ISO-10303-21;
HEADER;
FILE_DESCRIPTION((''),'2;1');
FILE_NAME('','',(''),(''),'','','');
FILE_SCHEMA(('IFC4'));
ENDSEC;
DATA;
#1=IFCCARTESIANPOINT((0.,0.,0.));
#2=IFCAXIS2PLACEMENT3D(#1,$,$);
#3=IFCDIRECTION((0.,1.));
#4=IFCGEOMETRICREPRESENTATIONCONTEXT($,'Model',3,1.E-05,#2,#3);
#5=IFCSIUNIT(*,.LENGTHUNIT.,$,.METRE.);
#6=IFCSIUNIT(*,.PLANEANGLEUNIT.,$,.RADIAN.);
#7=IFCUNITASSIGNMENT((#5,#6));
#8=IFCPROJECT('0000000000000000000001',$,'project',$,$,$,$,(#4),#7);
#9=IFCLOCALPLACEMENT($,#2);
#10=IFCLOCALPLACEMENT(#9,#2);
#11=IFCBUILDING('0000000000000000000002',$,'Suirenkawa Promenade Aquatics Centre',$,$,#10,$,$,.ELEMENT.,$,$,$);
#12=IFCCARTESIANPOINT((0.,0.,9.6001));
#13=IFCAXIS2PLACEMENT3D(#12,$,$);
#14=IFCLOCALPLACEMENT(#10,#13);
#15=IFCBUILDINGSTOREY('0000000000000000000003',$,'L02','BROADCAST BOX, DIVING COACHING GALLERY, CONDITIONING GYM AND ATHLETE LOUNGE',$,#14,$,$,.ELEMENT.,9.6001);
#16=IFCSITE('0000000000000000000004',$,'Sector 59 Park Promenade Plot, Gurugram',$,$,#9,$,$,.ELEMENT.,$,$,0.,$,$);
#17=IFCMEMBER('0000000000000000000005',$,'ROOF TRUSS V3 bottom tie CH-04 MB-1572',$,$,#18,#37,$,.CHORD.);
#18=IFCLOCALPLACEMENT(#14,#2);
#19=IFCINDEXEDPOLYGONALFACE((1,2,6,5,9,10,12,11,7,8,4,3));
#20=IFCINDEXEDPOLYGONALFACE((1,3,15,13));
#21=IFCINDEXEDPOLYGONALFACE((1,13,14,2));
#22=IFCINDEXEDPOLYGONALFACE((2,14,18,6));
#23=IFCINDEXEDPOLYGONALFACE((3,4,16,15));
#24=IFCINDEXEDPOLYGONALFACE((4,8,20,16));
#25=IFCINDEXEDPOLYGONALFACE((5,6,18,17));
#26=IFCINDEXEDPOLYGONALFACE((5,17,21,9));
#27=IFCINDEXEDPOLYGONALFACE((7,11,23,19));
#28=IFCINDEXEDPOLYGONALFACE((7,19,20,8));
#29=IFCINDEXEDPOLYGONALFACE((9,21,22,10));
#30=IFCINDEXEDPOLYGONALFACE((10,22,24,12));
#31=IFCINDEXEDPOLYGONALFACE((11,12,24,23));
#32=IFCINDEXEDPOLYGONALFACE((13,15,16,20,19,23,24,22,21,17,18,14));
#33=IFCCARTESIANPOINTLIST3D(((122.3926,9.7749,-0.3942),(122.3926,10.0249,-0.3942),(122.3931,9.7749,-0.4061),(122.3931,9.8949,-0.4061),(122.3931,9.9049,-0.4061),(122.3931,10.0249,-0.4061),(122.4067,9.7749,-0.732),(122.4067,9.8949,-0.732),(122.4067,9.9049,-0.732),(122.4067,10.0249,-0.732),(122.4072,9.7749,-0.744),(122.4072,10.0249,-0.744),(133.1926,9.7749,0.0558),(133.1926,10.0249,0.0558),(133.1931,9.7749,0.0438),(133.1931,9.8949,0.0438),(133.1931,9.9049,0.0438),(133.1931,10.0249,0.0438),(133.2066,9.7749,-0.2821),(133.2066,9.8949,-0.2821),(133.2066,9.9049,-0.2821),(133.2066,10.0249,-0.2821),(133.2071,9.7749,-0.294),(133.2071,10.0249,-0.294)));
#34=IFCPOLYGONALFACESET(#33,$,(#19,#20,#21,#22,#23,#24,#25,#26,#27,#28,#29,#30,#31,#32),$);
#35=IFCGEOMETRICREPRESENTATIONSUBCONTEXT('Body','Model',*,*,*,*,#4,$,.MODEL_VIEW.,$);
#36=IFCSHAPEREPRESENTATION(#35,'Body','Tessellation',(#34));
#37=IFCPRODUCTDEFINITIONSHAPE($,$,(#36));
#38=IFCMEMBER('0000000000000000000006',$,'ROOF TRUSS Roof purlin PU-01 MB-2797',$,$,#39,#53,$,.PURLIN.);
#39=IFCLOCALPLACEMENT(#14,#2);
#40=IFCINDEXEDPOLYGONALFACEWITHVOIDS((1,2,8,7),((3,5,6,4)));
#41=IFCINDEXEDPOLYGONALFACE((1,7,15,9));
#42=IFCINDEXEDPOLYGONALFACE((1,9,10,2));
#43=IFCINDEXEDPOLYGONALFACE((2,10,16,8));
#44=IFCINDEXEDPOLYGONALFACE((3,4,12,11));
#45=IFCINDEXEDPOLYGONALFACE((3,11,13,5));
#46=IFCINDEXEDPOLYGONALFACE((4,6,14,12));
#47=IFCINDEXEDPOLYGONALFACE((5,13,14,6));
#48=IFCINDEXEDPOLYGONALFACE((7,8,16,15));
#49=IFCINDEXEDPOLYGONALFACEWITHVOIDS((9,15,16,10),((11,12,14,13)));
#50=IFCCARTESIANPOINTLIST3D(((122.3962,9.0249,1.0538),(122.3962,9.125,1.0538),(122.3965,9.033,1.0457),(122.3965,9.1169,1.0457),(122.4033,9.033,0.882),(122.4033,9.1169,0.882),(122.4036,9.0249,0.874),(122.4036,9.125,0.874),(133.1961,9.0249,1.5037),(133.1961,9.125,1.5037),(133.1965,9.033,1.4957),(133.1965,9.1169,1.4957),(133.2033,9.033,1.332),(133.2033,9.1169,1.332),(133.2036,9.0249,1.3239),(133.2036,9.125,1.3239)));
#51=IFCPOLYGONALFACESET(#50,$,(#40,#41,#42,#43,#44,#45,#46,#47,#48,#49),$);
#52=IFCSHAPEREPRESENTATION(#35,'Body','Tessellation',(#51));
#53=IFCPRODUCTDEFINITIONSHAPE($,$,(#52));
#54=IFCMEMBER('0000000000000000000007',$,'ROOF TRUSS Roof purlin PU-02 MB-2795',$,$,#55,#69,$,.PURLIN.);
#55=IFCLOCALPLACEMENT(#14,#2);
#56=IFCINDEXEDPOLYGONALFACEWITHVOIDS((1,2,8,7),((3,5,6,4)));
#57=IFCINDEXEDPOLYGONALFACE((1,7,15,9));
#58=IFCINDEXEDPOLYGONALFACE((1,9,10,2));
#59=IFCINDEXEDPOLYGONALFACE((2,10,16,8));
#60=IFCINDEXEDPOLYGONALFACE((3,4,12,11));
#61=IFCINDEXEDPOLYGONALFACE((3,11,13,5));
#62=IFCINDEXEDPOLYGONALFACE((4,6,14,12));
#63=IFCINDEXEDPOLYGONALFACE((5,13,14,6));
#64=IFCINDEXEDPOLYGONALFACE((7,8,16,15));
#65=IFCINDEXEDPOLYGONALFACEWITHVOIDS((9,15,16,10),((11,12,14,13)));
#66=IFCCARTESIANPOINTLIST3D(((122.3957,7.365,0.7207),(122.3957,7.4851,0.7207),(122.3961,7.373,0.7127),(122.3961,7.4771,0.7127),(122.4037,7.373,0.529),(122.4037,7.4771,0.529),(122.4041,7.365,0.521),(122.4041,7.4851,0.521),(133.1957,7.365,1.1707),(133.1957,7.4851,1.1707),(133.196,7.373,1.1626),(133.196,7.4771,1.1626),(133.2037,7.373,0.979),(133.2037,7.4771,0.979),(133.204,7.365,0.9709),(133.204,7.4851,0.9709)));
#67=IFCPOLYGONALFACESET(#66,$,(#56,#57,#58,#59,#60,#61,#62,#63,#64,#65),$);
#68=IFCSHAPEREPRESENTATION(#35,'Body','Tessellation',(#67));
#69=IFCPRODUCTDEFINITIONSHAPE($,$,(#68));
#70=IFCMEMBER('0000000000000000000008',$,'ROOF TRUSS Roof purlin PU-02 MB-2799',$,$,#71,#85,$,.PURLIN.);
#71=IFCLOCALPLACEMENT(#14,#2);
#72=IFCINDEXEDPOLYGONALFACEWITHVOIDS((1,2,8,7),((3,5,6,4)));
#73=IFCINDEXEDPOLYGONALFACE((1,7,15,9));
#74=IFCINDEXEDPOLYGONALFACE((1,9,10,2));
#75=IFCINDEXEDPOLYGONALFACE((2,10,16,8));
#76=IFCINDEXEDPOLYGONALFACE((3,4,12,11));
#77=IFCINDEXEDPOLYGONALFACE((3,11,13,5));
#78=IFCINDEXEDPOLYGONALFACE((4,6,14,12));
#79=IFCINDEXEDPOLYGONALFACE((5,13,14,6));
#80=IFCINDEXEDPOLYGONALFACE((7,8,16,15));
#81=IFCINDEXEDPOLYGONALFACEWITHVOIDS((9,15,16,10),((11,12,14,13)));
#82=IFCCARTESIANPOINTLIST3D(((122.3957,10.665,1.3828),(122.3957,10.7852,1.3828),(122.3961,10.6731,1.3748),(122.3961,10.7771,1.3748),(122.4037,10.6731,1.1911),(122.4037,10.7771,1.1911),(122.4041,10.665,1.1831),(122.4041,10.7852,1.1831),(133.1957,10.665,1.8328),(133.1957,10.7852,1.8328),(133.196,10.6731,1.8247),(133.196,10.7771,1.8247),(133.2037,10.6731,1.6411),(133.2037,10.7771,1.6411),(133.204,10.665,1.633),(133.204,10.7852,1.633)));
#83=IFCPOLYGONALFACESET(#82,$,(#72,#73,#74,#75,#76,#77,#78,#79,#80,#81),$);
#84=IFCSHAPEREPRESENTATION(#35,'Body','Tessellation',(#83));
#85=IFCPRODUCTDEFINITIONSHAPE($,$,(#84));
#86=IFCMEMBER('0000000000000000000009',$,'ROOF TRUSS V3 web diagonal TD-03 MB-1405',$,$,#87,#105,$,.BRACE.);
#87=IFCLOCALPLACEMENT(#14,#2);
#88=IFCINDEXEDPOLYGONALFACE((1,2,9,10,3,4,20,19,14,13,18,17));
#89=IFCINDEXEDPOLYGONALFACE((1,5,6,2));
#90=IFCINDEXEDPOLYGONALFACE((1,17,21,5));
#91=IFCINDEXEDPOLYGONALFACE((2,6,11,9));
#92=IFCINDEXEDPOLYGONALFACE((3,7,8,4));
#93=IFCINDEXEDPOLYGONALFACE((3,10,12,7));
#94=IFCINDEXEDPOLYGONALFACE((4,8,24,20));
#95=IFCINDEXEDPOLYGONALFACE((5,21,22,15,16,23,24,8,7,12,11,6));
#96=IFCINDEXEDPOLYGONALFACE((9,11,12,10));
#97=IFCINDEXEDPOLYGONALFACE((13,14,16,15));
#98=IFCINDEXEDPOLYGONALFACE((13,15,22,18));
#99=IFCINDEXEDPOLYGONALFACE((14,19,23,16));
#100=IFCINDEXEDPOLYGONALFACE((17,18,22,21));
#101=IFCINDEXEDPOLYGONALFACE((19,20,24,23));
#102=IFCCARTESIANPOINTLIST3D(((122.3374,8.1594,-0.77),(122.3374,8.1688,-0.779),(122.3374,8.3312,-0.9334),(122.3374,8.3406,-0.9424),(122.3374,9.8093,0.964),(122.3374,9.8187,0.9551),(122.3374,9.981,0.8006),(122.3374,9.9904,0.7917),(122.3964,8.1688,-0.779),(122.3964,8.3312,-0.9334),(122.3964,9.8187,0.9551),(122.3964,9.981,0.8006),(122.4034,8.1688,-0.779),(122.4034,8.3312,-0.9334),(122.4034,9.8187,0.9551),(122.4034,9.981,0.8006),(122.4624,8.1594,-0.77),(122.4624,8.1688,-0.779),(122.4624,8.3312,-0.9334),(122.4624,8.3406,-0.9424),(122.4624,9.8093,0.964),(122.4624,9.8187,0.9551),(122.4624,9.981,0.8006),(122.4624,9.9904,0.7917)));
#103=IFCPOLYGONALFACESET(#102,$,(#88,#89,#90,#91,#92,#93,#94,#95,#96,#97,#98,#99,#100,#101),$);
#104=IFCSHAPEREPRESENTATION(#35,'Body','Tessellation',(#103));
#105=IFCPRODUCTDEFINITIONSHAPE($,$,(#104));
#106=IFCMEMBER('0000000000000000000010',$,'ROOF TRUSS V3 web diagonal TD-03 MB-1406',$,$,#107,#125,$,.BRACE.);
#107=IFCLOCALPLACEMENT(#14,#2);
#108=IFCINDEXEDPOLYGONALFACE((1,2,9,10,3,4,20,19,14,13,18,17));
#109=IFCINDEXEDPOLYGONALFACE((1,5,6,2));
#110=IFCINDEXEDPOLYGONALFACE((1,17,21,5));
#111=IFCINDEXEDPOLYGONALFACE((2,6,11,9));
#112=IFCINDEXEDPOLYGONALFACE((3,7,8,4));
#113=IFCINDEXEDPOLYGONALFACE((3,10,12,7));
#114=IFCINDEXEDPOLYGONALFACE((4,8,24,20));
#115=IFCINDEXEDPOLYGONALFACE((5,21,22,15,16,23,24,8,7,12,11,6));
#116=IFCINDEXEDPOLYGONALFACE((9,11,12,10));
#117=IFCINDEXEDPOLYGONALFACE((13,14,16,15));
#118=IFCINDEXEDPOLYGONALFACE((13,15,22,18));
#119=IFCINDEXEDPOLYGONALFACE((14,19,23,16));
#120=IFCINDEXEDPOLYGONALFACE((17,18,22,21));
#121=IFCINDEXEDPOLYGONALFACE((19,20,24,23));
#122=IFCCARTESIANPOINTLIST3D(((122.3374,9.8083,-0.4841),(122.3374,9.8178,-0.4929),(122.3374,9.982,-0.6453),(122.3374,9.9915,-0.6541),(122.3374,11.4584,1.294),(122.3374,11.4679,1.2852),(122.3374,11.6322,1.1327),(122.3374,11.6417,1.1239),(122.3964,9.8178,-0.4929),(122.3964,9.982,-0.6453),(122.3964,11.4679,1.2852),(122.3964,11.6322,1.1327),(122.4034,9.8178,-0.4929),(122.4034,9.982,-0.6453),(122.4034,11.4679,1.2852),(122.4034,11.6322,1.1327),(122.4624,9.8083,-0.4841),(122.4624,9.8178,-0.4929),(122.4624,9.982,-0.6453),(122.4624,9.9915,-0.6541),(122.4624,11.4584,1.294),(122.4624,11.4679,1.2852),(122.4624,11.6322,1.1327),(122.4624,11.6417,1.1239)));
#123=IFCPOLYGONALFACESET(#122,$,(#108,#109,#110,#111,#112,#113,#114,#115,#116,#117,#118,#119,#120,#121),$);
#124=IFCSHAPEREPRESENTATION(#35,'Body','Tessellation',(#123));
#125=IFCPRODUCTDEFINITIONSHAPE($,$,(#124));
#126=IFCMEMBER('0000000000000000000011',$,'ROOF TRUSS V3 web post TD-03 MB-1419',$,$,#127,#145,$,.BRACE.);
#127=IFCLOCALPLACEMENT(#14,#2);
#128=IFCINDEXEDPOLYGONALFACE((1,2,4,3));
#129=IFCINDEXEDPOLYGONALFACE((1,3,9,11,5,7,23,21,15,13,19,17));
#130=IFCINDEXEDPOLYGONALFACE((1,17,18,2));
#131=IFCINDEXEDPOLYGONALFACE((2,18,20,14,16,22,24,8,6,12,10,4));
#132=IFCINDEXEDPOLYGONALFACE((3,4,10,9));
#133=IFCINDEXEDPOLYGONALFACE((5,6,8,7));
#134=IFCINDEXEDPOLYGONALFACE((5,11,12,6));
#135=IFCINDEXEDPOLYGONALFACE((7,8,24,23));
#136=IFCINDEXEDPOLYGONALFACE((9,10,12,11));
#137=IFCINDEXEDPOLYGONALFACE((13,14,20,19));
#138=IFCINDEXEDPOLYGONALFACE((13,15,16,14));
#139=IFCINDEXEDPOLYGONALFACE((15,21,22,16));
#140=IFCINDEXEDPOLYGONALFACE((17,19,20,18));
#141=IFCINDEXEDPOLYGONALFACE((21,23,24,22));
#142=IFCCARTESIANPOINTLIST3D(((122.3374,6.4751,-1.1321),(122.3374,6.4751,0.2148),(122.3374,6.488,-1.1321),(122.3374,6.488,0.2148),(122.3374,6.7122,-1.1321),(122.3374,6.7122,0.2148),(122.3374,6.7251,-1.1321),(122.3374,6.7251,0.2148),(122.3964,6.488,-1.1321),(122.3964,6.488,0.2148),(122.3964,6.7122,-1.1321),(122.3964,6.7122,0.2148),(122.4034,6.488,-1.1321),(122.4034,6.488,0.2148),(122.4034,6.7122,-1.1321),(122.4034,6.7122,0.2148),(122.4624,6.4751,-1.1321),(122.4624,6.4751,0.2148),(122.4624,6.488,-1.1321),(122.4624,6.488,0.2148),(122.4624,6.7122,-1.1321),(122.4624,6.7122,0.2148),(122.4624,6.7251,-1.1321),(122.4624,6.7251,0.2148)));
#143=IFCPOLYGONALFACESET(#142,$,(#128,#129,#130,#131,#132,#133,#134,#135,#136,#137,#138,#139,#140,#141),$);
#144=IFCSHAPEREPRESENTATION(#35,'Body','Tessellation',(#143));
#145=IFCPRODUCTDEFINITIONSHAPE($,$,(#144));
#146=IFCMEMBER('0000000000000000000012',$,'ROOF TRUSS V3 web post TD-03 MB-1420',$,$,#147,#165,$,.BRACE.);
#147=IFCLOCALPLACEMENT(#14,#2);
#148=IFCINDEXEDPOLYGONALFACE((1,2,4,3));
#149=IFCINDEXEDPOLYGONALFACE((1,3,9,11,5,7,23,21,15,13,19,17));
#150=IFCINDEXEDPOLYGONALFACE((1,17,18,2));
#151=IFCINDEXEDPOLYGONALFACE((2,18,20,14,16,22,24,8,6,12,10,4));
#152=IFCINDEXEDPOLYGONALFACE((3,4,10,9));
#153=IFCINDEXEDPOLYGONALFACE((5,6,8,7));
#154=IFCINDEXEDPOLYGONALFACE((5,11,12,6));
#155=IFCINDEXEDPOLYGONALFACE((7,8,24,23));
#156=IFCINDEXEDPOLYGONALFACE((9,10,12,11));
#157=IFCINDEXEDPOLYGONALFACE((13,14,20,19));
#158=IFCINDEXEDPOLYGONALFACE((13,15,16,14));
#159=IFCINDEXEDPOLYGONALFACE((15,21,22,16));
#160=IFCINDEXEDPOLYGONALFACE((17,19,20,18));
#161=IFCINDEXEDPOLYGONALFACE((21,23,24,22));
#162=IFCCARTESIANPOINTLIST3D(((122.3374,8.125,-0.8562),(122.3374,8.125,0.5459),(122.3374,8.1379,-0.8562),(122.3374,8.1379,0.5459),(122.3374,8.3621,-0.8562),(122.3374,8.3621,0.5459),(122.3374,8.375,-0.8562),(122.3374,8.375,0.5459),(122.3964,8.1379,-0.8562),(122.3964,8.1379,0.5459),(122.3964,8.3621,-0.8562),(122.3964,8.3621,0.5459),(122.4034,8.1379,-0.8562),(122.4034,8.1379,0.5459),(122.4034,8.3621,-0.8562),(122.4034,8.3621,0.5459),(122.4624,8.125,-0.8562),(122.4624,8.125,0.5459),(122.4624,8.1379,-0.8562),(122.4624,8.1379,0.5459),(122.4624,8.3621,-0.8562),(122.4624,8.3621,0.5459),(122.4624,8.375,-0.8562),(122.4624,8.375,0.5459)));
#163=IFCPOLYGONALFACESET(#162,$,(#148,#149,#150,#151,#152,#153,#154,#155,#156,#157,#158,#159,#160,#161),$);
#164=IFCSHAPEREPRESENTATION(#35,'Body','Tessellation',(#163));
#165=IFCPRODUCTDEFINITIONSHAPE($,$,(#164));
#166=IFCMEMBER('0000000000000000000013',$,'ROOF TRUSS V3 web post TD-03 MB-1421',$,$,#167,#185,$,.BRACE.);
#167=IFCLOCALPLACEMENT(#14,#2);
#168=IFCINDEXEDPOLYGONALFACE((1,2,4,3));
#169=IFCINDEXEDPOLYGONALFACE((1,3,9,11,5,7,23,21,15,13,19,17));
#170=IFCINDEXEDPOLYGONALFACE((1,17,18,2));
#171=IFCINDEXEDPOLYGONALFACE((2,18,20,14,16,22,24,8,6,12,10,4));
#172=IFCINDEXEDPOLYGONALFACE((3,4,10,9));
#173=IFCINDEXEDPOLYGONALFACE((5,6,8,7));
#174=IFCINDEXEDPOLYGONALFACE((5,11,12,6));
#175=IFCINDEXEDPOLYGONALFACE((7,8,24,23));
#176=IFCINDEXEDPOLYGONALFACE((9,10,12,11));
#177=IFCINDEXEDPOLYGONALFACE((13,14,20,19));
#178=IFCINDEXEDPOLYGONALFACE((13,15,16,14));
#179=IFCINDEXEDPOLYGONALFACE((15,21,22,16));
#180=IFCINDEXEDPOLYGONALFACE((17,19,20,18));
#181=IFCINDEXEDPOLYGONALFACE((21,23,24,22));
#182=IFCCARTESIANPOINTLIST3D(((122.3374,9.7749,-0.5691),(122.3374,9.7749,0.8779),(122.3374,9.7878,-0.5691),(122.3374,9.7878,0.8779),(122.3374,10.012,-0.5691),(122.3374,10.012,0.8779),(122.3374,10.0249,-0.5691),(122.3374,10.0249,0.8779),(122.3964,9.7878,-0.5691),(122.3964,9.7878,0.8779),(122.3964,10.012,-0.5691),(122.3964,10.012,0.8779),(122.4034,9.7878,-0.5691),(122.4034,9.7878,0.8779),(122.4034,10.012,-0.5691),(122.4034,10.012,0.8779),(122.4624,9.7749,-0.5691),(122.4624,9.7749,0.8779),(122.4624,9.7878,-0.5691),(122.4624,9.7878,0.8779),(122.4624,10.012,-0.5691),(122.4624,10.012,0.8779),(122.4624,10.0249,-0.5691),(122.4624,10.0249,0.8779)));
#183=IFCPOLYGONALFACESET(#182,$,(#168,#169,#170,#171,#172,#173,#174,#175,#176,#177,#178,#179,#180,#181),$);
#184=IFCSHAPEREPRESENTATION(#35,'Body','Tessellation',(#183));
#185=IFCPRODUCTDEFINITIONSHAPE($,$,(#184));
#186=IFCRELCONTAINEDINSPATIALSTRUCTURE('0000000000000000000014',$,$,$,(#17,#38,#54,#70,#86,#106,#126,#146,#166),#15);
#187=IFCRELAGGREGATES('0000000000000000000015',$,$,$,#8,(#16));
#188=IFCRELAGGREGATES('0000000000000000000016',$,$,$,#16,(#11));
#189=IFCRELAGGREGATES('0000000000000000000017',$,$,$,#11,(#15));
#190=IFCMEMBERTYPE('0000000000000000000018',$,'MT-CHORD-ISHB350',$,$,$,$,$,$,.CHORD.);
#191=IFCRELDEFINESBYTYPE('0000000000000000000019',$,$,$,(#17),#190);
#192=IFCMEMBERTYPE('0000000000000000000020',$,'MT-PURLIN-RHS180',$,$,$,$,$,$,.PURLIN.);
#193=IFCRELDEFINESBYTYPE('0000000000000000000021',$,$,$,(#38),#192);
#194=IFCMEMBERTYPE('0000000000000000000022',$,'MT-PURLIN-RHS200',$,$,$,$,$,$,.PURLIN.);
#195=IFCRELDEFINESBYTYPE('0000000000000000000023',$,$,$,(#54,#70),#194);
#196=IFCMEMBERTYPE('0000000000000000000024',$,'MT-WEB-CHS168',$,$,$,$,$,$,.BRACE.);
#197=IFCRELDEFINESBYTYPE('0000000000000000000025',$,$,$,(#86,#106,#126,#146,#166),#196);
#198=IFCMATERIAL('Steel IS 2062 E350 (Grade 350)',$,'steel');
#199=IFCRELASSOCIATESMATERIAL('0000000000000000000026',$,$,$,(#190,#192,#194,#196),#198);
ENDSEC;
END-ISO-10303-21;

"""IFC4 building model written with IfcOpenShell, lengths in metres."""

from ifc_helpers import new_model, si_unit, direction, frame, origin, origin_2d, place, context, subcontext, project, spatial, hollow_rectangle, i_section, extrude, material, material_profile, profile_set, type_object, element, save


model = new_model("IFC4")

# Units and contexts
model_context = context("Model", 3, precision=1e-05, world=origin(), true_north=direction((0.0, 1.0)))
body_context = subcontext(model_context, "Body", "Model", "MODEL_VIEW")
ifc_project = project(units=[si_unit("LENGTHUNIT", "METRE"), si_unit("PLANEANGLEUNIT", "RADIAN")], contexts=[model_context])

# Site, building, storey
site_placement = place(None, origin())
site = spatial("IfcSite", under=ifc_project, at=site_placement, Name="Sector 59 Park Promenade Plot, Gurugram", CompositionType="ELEMENT", RefElevation=0.0)
building_placement = place(site_placement, origin())
building = spatial("IfcBuilding", under=site, at=building_placement, Name="Suirenkawa Promenade Aquatics Centre", CompositionType="ELEMENT")
storey_placement = place(building_placement, frame((0.0, 0.0, 9.6001)))
storey = spatial("IfcBuildingStorey", under=building, at=storey_placement, Name="L02", Description="BROADCAST BOX, DIVING COACHING GALLERY, CONDITIONING GYM AND ATHLETE LOUNGE", CompositionType="ELEMENT", Elevation=9.6001)

# Shared definitions
ifc_material_1 = material(Name="Steel IS 2062 E350 (Grade 350)", Category="steel")

# Members
ifc_material_profile_1 = material_profile(ifc_material_1, i_section(OverallWidth=0.25, OverallDepth=0.3501, WebThickness=0.01, FlangeThickness=0.012, at=origin_2d()), Name="ISHB 350", Category="steel")
ifc_profile_set_1 = profile_set([ifc_material_profile_1], Name="Steel IS 2062 E350 (Grade 350)")
member_type_1 = type_object("IfcMemberType", Name="MT-CHORD-ISHB350", PredefinedType="CHORD", material=ifc_profile_set_1)
for number, where, z_axis, x_axis, name in (
    (1, (122.3999, 9.8999, -0.5691), (0.999133, 0.0, 0.041626), (0.0, 1.0, 0.0), "ROOF TRUSS V3 bottom tie CH-04 MB-1572"),
):
    element("IfcMember", number, at=place(storey_placement, frame(where, z_axis=z_axis, x_axis=x_axis)), inside=storey, type_object=member_type_1, Name=name, PredefinedType="CHORD", context=body_context, shape_type="SweptSolid", body=[
        extrude(i_section(OverallWidth=0.25, OverallDepth=0.3501, WebThickness=0.01, FlangeThickness=0.012, at=origin_2d()), origin(), (0.0, 0.0, 1.0), 10.8093),
    ])
ifc_material_profile_2 = material_profile(ifc_material_1, hollow_rectangle(XDim=0.1001, YDim=0.1799, WallThickness=0.0081, at=origin_2d()), Name="RHS 180x100x8", Category="steel")
ifc_profile_set_2 = profile_set([ifc_material_profile_2], Name="Steel IS 2062 E350 (Grade 350)")
member_type_2 = type_object("IfcMemberType", Name="MT-PURLIN-RHS180", PredefinedType="PURLIN", material=ifc_profile_set_2)
member_1_placement = place(storey_placement, frame((122.3999, 9.075, 0.9639), z_axis=(0.999133, 0.0, 0.041626), x_axis=(0.0, 1.0, 0.0)))
element("IfcMember", 2, at=member_1_placement, inside=storey, type_object=member_type_2, Name="ROOF TRUSS Roof purlin PU-01 MB-2797", PredefinedType="PURLIN", context=body_context, shape_type="SweptSolid", body=[
    extrude(hollow_rectangle(XDim=0.1001, YDim=0.1799, WallThickness=0.0081, at=origin_2d()), origin(), (0.0, 0.0, 1.0), 10.8093),
])
ifc_material_profile_3 = material_profile(ifc_material_1, hollow_rectangle(XDim=0.1201, YDim=0.2, WallThickness=0.0081, at=origin_2d()), Name="RHS 200x120x8", Category="steel")
ifc_profile_set_3 = profile_set([ifc_material_profile_3], Name="Steel IS 2062 E350 (Grade 350)")
member_type_3 = type_object("IfcMemberType", Name="MT-PURLIN-RHS200", PredefinedType="PURLIN", material=ifc_profile_set_3)
for number, where, z_axis, x_axis, name in (
    (3, (122.3999, 7.425, 0.6208), (0.999133, 0.0, 0.041626), (0.0, 1.0, 0.0), "ROOF TRUSS Roof purlin PU-02 MB-2795"),
    (4, (122.3999, 10.7251, 1.283), (0.999133, 0.0, 0.041626), (0.0, 1.0, 0.0), "ROOF TRUSS Roof purlin PU-02 MB-2799"),
):
    element("IfcMember", number, at=place(storey_placement, frame(where, z_axis=z_axis, x_axis=x_axis)), inside=storey, type_object=member_type_3, Name=name, PredefinedType="PURLIN", context=body_context, shape_type="SweptSolid", body=[
        extrude(hollow_rectangle(XDim=0.1201, YDim=0.2, WallThickness=0.0081, at=origin_2d()), origin(), (0.0, 0.0, 1.0), 10.8093),
    ])
ifc_material_profile_4 = material_profile(ifc_material_1, i_section(OverallWidth=0.125, OverallDepth=0.25, WebThickness=0.0071, FlangeThickness=0.0129, at=origin_2d()), Name="ISMB 250", Category="steel")
ifc_profile_set_4 = profile_set([ifc_material_profile_4], Name="Steel IS 2062 E350 (Grade 350)")
member_type_4 = type_object("IfcMemberType", Name="MT-WEB-CHS168", PredefinedType="BRACE", material=ifc_profile_set_4)
member_2_placement = place(storey_placement, frame((122.3999, 8.25, -0.8562), z_axis=(0.0, 0.689293, 0.724482), x_axis=(-1.0, 0.0, 0.0)))
element("IfcMember", 5, at=member_2_placement, inside=storey, type_object=member_type_4, Name="ROOF TRUSS V3 web diagonal TD-03 MB-1405", PredefinedType="BRACE", context=body_context, shape_type="SweptSolid", body=[
    extrude(i_section(OverallWidth=0.125, OverallDepth=0.25, WebThickness=0.0071, FlangeThickness=0.0129, at=origin_2d()), origin(), (0.0, 0.0, 1.0), 2.3936),
])
member_3_placement = place(storey_placement, frame((122.3999, 9.8999, -0.5691), z_axis=(0.0, 0.680246, 0.732983), x_axis=(-1.0, 0.0, 0.0)))
element("IfcMember", 6, at=member_3_placement, inside=storey, type_object=member_type_4, Name="ROOF TRUSS V3 web diagonal TD-03 MB-1406", PredefinedType="BRACE", context=body_context, shape_type="SweptSolid", body=[
    extrude(i_section(OverallWidth=0.125, OverallDepth=0.25, WebThickness=0.0071, FlangeThickness=0.0129, at=origin_2d()), origin(), (0.0, 0.0, 1.0), 2.4258),
])
member_4_placement = place(storey_placement, frame((122.3999, 6.6001, -1.1321), z_axis=(0.0, 0.0, 1.0), x_axis=(1.0, 0.0, 0.0)))
element("IfcMember", 7, at=member_4_placement, inside=storey, type_object=member_type_4, Name="ROOF TRUSS V3 web post TD-03 MB-1419", PredefinedType="BRACE", context=body_context, shape_type="SweptSolid", body=[
    extrude(i_section(OverallWidth=0.125, OverallDepth=0.25, WebThickness=0.0071, FlangeThickness=0.0129, at=origin_2d()), origin(), (0.0, 0.0, 1.0), 1.3469),
])
member_5_placement = place(storey_placement, frame((122.3999, 8.25, -0.8562), z_axis=(0.0, 0.0, 1.0), x_axis=(1.0, 0.0, 0.0)))
element("IfcMember", 8, at=member_5_placement, inside=storey, type_object=member_type_4, Name="ROOF TRUSS V3 web post TD-03 MB-1420", PredefinedType="BRACE", context=body_context, shape_type="SweptSolid", body=[
    extrude(i_section(OverallWidth=0.125, OverallDepth=0.25, WebThickness=0.0071, FlangeThickness=0.0129, at=origin_2d()), origin(), (0.0, 0.0, 1.0), 1.4021),
])
member_6_placement = place(storey_placement, frame((122.3999, 9.8999, -0.5691), z_axis=(0.0, 0.0, 1.0), x_axis=(1.0, 0.0, 0.0)))
element("IfcMember", 9, at=member_6_placement, inside=storey, type_object=member_type_4, Name="ROOF TRUSS V3 web post TD-03 MB-1421", PredefinedType="BRACE", context=body_context, shape_type="SweptSolid", body=[
    extrude(i_section(OverallWidth=0.125, OverallDepth=0.25, WebThickness=0.0071, FlangeThickness=0.0129, at=origin_2d()), origin(), (0.0, 0.0, 1.0), 1.447),
])

save(model, "model.ifc")
